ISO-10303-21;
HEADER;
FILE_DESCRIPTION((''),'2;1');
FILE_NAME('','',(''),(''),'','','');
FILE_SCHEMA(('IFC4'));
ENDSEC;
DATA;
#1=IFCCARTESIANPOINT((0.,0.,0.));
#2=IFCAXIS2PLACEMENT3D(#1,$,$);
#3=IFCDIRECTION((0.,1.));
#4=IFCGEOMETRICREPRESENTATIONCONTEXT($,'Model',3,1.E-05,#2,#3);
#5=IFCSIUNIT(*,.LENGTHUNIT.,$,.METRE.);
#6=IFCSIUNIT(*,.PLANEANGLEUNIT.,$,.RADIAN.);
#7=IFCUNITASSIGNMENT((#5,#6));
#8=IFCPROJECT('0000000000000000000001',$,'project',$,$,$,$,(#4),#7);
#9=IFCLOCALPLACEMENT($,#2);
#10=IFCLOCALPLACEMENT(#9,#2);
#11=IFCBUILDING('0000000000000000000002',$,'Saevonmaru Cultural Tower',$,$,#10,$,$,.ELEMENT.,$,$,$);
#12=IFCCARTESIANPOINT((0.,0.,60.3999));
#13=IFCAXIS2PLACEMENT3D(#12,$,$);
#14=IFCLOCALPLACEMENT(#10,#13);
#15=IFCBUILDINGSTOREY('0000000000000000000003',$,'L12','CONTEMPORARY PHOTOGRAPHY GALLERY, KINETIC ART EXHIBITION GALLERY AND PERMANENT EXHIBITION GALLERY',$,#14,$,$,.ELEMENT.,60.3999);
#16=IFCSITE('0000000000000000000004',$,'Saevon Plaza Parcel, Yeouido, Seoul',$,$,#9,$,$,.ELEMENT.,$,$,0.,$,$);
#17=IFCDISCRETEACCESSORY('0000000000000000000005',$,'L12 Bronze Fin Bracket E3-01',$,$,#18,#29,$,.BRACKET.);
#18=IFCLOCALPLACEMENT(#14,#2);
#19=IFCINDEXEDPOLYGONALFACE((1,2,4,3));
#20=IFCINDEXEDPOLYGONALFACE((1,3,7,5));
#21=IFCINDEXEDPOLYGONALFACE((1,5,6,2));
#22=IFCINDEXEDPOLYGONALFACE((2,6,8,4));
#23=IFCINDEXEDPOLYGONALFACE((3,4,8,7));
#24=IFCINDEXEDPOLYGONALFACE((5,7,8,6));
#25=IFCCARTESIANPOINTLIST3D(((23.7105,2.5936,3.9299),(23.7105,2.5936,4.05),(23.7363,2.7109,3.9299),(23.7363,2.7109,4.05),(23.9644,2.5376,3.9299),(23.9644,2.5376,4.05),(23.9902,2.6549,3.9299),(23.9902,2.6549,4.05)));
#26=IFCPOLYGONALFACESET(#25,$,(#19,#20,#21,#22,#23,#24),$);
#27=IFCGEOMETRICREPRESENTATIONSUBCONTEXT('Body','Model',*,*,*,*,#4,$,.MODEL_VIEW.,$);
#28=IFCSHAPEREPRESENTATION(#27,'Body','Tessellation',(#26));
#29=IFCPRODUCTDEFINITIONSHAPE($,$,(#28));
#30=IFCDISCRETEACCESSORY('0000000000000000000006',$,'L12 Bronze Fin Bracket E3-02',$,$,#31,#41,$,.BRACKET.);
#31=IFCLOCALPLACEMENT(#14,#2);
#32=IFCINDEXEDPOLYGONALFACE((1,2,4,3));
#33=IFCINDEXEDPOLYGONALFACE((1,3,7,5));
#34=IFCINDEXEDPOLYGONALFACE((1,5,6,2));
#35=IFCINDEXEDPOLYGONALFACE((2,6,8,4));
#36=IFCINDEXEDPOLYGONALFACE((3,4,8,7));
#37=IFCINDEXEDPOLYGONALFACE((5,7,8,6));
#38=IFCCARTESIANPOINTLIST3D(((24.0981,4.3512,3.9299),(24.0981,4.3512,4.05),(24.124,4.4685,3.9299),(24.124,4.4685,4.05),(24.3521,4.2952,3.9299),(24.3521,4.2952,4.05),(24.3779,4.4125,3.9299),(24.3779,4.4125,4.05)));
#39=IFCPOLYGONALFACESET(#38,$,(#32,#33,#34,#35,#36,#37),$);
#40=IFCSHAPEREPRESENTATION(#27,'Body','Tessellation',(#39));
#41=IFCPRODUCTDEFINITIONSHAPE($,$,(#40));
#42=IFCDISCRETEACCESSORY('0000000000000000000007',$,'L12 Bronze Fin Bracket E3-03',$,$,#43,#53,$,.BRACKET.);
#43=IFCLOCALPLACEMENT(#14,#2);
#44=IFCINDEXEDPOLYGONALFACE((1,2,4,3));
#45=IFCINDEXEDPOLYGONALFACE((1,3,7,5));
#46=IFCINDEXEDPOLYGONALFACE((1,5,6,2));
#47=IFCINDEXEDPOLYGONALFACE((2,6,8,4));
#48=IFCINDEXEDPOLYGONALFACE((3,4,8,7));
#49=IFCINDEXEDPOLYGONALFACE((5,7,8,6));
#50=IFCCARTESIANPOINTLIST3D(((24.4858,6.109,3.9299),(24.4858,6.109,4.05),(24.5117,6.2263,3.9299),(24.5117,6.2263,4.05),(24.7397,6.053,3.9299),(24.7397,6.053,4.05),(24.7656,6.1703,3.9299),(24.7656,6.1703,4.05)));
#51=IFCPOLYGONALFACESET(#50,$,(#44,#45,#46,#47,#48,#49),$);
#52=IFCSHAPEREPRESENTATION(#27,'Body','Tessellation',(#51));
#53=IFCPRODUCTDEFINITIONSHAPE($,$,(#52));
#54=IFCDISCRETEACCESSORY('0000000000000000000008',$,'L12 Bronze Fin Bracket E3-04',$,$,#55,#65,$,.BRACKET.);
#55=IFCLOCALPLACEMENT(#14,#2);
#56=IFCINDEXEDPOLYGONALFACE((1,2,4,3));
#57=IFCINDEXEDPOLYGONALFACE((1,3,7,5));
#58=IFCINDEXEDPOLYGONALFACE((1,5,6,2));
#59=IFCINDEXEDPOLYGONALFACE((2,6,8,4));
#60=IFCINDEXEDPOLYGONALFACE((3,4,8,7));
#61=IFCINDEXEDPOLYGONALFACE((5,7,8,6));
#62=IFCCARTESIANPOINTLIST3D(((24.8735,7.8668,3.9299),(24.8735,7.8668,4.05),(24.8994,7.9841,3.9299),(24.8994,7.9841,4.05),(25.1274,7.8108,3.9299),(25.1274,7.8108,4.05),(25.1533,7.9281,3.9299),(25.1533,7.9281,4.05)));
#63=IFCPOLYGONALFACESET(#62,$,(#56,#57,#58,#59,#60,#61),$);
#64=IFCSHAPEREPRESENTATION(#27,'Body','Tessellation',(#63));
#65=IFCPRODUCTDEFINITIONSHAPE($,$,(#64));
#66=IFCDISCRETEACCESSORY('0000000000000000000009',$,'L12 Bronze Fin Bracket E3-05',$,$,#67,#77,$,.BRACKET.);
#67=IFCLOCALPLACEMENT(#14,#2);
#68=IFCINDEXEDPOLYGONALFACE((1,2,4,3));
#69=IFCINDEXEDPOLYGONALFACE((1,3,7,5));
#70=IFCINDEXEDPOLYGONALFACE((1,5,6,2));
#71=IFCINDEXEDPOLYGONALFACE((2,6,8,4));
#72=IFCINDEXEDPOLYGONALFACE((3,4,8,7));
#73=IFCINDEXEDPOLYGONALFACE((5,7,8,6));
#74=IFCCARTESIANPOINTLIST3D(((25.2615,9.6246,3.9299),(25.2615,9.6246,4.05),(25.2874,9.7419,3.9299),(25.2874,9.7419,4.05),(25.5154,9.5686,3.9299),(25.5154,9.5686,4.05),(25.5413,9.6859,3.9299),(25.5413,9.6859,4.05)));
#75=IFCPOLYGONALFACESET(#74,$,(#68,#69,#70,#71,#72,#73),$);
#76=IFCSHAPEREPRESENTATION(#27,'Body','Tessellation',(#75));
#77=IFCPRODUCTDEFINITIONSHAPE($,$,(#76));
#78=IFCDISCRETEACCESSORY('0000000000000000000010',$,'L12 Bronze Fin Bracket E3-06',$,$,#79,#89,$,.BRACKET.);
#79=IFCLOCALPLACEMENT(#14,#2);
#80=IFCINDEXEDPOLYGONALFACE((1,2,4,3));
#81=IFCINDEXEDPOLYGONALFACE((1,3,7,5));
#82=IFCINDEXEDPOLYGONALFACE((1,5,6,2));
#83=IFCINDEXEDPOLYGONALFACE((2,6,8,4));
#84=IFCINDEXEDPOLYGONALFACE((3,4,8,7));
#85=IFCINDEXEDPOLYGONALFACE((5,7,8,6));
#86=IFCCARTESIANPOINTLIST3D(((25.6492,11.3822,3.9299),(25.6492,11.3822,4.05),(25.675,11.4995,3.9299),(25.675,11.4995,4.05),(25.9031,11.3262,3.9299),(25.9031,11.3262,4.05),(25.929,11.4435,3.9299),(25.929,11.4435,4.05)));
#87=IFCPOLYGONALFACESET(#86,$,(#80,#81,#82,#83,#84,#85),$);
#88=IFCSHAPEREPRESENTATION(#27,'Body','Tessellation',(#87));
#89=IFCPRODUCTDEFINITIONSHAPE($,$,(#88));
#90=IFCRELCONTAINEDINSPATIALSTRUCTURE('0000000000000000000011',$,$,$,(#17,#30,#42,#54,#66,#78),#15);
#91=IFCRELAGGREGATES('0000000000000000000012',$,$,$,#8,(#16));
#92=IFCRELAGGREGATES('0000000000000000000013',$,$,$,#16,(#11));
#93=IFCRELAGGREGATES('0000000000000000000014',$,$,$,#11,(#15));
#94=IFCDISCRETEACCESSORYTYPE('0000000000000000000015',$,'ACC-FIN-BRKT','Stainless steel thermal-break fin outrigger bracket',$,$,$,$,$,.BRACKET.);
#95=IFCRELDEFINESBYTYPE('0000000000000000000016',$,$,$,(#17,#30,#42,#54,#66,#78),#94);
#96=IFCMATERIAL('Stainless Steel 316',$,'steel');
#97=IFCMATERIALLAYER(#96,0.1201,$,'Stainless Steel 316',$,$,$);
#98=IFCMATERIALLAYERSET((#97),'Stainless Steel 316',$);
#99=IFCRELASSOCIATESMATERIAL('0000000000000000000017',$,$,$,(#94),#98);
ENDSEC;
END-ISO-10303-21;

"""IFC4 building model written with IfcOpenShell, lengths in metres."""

from ifc_helpers import new_model, si_unit, direction, frame, origin, origin_2d, place, context, subcontext, project, spatial, rectangle, extrude, material, layer, layer_set, type_object, element, save


model = new_model("IFC4")

# Units and contexts
model_context = context("Model", 3, precision=1e-05, world=origin(), true_north=direction((0.0, 1.0)))
body_context = subcontext(model_context, "Body", "Model", "MODEL_VIEW")
ifc_project = project(units=[si_unit("LENGTHUNIT", "METRE"), si_unit("PLANEANGLEUNIT", "RADIAN")], contexts=[model_context])

# Site, building, storey
site_placement = place(None, origin())
site = spatial("IfcSite", under=ifc_project, at=site_placement, Name="Saevon Plaza Parcel, Yeouido, Seoul", CompositionType="ELEMENT", RefElevation=0.0)
building_placement = place(site_placement, origin())
building = spatial("IfcBuilding", under=site, at=building_placement, Name="Saevonmaru Cultural Tower", CompositionType="ELEMENT")
storey_placement = place(building_placement, frame((0.0, 0.0, 60.3999)))
storey = spatial("IfcBuildingStorey", under=building, at=storey_placement, Name="L12", Description="CONTEMPORARY PHOTOGRAPHY GALLERY, KINETIC ART EXHIBITION GALLERY AND PERMANENT EXHIBITION GALLERY", CompositionType="ELEMENT", Elevation=60.3999)

# Discrete accessories
ifc_material_1 = material(Name="Stainless Steel 316", Category="steel")
ifc_layer_1 = layer(ifc_material_1, 0.1201, Name="Stainless Steel 316")
ifc_layer_set_1 = layer_set([ifc_layer_1], Name="Stainless Steel 316")
discrete_accessory_type = type_object("IfcDiscreteAccessoryType", Name="ACC-FIN-BRKT", Description="Stainless steel thermal-break fin outrigger bracket", PredefinedType="BRACKET", material=ifc_layer_set_1)
for number, where, z_axis, x_axis, name in (
    (1, (23.8503, 2.6243, 3.9299), (0.0, 0.0, 1.0), (0.976522, -0.215417, 0.0), "L12 Bronze Fin Bracket E3-01"),
    (2, (24.238, 4.3818, 3.9299), (0.0, 0.0, 1.0), (0.976522, -0.215417, 0.0), "L12 Bronze Fin Bracket E3-02"),
    (3, (24.6257, 6.1396, 3.9299), (0.0, 0.0, 1.0), (0.976522, -0.215417, 0.0), "L12 Bronze Fin Bracket E3-03"),
    (4, (25.0134, 7.8975, 3.9299), (0.0, 0.0, 1.0), (0.976522, -0.215417, 0.0), "L12 Bronze Fin Bracket E3-04"),
    (5, (25.4014, 9.6553, 3.9299), (0.0, 0.0, 1.0), (0.976522, -0.215417, 0.0), "L12 Bronze Fin Bracket E3-05"),
    (6, (25.7891, 11.4128, 3.9299), (0.0, 0.0, 1.0), (0.976522, -0.215417, 0.0), "L12 Bronze Fin Bracket E3-06"),
):
    element("IfcDiscreteAccessory", number, at=place(storey_placement, frame(where, z_axis=z_axis, x_axis=x_axis)), inside=storey, type_object=discrete_accessory_type, Name=name, PredefinedType="BRACKET", context=body_context, shape_type="SweptSolid", body=[
        extrude(rectangle(XDim=0.26, YDim=0.1201, at=origin_2d()), origin(), (0.0, 0.0, 1.0), 0.1201),
    ])

save(model, "model.ifc")
